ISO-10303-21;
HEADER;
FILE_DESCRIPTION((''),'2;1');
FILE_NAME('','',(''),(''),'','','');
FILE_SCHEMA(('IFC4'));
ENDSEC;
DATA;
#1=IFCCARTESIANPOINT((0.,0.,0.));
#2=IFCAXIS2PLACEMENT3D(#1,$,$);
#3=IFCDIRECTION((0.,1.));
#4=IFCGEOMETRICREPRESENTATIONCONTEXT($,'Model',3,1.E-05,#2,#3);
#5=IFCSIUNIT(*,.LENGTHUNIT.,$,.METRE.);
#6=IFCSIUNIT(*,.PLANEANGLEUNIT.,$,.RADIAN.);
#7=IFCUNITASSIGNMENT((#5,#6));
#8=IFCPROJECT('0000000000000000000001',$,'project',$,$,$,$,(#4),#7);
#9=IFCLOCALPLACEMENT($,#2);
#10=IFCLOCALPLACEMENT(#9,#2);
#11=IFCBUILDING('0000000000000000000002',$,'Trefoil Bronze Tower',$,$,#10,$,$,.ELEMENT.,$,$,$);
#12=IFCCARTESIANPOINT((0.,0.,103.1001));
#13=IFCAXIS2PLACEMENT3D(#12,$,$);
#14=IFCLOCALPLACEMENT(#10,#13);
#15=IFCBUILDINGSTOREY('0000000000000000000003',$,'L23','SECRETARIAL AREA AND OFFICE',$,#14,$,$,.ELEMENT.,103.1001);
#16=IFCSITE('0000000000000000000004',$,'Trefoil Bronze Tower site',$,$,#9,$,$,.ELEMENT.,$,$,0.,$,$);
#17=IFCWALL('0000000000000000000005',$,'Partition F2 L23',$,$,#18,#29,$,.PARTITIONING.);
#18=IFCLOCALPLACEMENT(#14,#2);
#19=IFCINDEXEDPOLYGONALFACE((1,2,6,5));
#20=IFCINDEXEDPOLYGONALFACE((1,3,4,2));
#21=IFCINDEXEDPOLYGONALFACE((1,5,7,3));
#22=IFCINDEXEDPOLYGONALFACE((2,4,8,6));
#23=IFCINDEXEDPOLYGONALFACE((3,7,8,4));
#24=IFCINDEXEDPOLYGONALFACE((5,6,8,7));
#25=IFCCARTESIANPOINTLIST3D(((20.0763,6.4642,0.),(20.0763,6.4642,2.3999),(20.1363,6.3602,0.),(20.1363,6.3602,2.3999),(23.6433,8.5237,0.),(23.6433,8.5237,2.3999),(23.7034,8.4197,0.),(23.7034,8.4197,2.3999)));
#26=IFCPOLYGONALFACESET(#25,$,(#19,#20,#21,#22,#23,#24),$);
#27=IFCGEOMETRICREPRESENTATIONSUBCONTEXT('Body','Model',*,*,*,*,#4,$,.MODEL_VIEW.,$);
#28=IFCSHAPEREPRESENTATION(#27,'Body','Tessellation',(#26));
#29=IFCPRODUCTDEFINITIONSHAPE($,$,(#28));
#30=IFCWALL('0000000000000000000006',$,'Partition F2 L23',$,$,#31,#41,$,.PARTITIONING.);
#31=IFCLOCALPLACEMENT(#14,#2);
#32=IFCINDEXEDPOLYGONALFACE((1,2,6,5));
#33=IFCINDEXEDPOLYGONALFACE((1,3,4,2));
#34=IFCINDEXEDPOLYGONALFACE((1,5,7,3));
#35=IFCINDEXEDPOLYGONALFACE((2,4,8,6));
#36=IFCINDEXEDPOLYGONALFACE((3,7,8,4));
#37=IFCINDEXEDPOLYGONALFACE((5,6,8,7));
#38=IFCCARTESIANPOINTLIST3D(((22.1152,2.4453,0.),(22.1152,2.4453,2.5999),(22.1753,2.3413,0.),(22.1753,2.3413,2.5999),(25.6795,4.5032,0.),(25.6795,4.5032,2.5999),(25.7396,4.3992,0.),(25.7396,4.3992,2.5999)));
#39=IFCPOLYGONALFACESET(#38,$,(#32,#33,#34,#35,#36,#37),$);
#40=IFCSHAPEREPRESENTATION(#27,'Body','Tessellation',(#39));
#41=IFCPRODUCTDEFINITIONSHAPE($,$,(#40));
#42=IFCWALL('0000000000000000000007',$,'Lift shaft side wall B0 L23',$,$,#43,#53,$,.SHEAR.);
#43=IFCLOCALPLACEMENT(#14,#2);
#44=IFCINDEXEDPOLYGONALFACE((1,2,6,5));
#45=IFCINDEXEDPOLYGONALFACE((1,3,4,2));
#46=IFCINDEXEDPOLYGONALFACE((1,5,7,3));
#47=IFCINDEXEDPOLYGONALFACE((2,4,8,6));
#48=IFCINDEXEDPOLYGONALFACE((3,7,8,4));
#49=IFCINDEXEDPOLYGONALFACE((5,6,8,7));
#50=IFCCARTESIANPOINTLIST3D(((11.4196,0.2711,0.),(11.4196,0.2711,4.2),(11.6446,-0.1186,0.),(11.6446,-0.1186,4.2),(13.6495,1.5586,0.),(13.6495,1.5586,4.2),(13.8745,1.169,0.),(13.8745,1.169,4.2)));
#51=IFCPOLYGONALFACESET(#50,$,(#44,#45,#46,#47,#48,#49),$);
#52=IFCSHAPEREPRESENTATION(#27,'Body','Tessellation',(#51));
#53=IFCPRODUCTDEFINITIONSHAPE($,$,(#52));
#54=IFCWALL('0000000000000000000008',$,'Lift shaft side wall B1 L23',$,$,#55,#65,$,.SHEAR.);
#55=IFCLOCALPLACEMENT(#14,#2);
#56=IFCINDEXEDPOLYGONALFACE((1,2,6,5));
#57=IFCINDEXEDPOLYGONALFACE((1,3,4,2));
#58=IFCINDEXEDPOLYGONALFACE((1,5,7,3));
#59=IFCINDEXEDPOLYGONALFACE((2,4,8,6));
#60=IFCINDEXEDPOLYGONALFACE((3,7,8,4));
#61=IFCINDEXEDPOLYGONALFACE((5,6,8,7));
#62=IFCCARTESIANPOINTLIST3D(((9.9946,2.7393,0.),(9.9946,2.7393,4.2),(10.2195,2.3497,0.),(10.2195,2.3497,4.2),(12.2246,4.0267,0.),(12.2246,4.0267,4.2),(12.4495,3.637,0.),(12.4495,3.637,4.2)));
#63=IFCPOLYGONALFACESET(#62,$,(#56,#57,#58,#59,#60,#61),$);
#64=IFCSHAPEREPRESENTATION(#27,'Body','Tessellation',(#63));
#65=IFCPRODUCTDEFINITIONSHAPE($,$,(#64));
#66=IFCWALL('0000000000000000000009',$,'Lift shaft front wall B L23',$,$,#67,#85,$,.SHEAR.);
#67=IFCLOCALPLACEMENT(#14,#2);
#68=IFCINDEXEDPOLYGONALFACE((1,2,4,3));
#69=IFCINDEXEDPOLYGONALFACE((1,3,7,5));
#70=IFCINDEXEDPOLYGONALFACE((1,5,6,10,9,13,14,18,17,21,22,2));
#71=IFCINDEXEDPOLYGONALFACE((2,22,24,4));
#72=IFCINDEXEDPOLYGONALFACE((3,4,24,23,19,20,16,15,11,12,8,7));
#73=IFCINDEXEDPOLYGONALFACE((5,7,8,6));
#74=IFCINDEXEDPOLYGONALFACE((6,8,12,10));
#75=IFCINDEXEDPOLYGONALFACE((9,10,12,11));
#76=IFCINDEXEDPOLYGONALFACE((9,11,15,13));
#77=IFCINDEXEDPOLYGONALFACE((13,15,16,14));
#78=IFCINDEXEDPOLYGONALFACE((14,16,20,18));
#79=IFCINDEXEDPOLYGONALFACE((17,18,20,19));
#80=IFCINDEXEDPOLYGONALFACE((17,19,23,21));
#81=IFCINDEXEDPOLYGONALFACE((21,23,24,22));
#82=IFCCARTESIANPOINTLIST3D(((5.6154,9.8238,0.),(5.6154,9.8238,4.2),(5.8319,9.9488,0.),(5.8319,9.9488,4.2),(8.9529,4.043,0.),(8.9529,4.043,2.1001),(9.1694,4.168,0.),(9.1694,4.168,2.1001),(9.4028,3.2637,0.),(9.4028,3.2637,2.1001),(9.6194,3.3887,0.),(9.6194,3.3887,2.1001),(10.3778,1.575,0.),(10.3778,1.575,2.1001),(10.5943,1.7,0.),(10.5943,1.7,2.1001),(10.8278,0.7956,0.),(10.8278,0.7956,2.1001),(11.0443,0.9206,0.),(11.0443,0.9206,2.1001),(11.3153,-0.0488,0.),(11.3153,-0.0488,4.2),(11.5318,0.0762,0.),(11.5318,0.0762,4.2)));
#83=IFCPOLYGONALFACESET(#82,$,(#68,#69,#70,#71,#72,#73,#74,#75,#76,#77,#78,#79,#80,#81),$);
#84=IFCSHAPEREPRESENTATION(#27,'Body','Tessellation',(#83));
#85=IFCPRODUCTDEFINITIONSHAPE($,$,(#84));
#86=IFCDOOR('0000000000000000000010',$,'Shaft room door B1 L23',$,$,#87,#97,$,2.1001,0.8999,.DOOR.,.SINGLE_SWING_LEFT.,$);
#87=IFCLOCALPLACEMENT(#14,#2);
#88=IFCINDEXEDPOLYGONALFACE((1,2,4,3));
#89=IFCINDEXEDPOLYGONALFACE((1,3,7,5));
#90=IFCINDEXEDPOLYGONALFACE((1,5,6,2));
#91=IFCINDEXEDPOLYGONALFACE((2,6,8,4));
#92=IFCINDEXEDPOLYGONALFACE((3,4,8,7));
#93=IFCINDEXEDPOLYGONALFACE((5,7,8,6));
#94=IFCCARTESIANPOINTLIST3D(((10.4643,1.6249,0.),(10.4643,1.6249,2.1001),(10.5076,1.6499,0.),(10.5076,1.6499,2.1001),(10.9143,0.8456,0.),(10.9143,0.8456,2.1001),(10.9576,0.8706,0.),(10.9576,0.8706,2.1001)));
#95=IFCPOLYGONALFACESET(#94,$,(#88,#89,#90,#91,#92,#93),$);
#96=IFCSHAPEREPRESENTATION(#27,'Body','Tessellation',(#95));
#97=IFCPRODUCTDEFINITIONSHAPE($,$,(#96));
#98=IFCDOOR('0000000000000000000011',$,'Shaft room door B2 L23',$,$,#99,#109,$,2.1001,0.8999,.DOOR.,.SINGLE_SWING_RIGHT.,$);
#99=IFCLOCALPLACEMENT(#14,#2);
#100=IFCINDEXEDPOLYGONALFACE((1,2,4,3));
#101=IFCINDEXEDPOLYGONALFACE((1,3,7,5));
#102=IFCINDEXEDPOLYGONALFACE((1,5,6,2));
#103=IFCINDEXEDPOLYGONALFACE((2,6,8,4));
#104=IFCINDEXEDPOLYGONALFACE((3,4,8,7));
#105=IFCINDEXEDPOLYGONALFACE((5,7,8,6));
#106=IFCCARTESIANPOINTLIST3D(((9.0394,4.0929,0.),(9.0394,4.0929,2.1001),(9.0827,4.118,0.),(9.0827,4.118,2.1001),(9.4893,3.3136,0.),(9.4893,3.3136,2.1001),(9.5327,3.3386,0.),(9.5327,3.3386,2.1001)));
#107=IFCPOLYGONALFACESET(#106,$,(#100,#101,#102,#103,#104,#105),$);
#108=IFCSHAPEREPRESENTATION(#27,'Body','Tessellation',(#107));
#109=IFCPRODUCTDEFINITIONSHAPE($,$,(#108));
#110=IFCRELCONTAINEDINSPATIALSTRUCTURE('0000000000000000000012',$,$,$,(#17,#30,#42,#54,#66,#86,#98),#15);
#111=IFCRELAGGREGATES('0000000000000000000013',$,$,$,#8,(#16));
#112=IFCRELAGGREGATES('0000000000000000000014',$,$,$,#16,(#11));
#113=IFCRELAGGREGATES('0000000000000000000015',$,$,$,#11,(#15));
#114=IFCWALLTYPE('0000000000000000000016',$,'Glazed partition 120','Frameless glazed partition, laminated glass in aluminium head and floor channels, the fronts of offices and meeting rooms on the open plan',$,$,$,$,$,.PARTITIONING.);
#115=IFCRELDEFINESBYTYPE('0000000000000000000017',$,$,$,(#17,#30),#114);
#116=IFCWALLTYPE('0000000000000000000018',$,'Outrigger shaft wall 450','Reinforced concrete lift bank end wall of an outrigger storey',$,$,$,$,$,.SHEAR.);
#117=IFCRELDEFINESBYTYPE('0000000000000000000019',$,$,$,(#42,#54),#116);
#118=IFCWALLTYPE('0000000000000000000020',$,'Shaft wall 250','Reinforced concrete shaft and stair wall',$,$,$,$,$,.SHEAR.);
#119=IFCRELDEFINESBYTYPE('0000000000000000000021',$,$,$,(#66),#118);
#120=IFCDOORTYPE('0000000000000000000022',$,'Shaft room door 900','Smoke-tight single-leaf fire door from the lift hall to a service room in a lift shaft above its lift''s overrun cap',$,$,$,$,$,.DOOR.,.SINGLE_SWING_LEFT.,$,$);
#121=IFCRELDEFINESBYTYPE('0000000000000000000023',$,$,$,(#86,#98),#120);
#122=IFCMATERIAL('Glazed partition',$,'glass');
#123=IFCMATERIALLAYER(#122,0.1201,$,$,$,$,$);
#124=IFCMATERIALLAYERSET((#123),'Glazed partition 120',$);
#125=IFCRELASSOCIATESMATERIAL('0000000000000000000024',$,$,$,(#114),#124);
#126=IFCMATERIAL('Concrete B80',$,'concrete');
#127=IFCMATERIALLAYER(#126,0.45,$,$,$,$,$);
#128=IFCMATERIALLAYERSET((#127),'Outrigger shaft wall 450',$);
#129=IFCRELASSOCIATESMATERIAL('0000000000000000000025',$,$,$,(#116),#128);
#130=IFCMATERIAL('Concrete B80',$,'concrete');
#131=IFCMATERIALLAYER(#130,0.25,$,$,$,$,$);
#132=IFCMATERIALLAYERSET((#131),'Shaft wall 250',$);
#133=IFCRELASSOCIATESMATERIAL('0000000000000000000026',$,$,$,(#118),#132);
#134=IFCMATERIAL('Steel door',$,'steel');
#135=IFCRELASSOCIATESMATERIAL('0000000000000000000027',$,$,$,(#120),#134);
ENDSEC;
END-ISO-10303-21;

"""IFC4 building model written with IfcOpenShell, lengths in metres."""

from ifc_helpers import new_model, si_unit, direction, frame, frame_2d, origin, place, context, subcontext, project, spatial, rectangle, extrude, material, layer, layer_set, type_object, element, fill, save


model = new_model("IFC4")

# Units and contexts
model_context = context("Model", 3, precision=1e-05, world=origin(), true_north=direction((0.0, 1.0)))
body_context = subcontext(model_context, "Body", "Model", "MODEL_VIEW")
ifc_project = project(units=[si_unit("LENGTHUNIT", "METRE"), si_unit("PLANEANGLEUNIT", "RADIAN")], contexts=[model_context])

# Site, building, storey
site_placement = place(None, origin())
site = spatial("IfcSite", under=ifc_project, at=site_placement, Name="Trefoil Bronze Tower site", CompositionType="ELEMENT", RefElevation=0.0)
building_placement = place(site_placement, origin())
building = spatial("IfcBuilding", under=site, at=building_placement, Name="Trefoil Bronze Tower", CompositionType="ELEMENT")
storey_placement = place(building_placement, frame((0.0, 0.0, 103.1001)))
storey = spatial("IfcBuildingStorey", under=building, at=storey_placement, Name="L23", Description="SECRETARIAL AREA AND OFFICE", CompositionType="ELEMENT", Elevation=103.1001)

# Shared definitions
ifc_material_1 = material(Name="Glazed partition", Category="glass")
ifc_layer_1 = layer(ifc_material_1, 0.1201)
ifc_layer_set_1 = layer_set([ifc_layer_1], Name="Glazed partition 120")
wall_type_1 = type_object("IfcWallType", Name="Glazed partition 120", Description="Frameless glazed partition, laminated glass in aluminium head and floor channels, the fronts of offices and meeting rooms on the open plan", PredefinedType="PARTITIONING", material=ifc_layer_set_1)

# Walls
wall_1_placement = place(storey_placement, frame((20.1062, 6.4121, 0.0), z_axis=(0.0, 0.0, 1.0), x_axis=(0.866017, 0.500015, 0.0)))
element("IfcWall", 1, at=wall_1_placement, inside=storey, type_object=wall_type_1, Name="Partition F2 L23", PredefinedType="PARTITIONING", context=body_context, shape_type="SweptSolid", body=[
    extrude(rectangle(XDim=4.1189, YDim=0.1201, at=frame_2d((2.0596, 0.0))), origin(), (0.0, 0.0, 1.0), 2.3999),
])
wall_2_placement = place(storey_placement, frame((22.1453, 2.3933, 0.0), z_axis=(0.0, 0.0, 1.0), x_axis=(0.866019, 0.500012, 0.0)))
element("IfcWall", 2, at=wall_2_placement, inside=storey, type_object=wall_type_1, Name="Partition F2 L23", PredefinedType="PARTITIONING", context=body_context, shape_type="SweptSolid", body=[
    extrude(rectangle(XDim=4.1157, YDim=0.1201, at=frame_2d((2.0579, 0.0))), origin(), (0.0, 0.0, 1.0), 2.5999),
])
ifc_material_2 = material(Name="Concrete B80", Category="concrete")
ifc_layer_2 = layer(ifc_material_2, 0.45)
ifc_layer_set_2 = layer_set([ifc_layer_2], Name="Outrigger shaft wall 450")
wall_type_2 = type_object("IfcWallType", Name="Outrigger shaft wall 450", Description="Reinforced concrete lift bank end wall of an outrigger storey", PredefinedType="SHEAR", material=ifc_layer_set_2)
for number, where, z_axis, x_axis, name in (
    (3, (11.532, 0.0762, 0.0), (0.0, 0.0, 1.0), (0.866006, 0.500034, 0.0), "Lift shaft side wall B0 L23"),
    (4, (10.1069, 2.5444, 0.0), (0.0, 0.0, 1.0), (0.866047, 0.499963, 0.0), "Lift shaft side wall B1 L23"),
):
    element("IfcWall", number, at=place(storey_placement, frame(where, z_axis=z_axis, x_axis=x_axis)), inside=storey, type_object=wall_type_2, Name=name, PredefinedType="SHEAR", context=body_context, shape_type="SweptSolid", body=[
        extrude(rectangle(XDim=2.575, YDim=0.45, at=frame_2d((1.2876, 0.0))), origin(), (0.0, 0.0, 1.0), 4.2),
    ])

# Wall, openings, doors
ifc_material_3 = material(Name="Concrete B80", Category="concrete")
ifc_layer_3 = layer(ifc_material_3, 0.25)
ifc_layer_set_3 = layer_set([ifc_layer_3], Name="Shaft wall 250")
wall_type_3 = type_object("IfcWallType", Name="Shaft wall 250", Description="Reinforced concrete shaft and stair wall", PredefinedType="SHEAR", material=ifc_layer_set_3)
wall_3_placement = place(storey_placement, frame((11.4236, 0.0137, 0.0), z_axis=(0.0, 0.0, 1.0), x_axis=(-0.500002, 0.866024, 0.0)))
wall_3 = element("IfcWall", 5, at=wall_3_placement, inside=storey, type_object=wall_type_3, Name="Lift shaft front wall B L23", PredefinedType="SHEAR", context=body_context, shape_type="SweptSolid", body=[
    extrude(rectangle(XDim=11.3999, YDim=0.25, at=frame_2d((5.7, 0.0))), origin(), (0.0, 0.0, 1.0), 4.2),
])
opening_1_placement = place(wall_3_placement, frame((0.9751, 0.0, 0.0)))
opening_1 = element("IfcOpeningElement", 6, at=opening_1_placement, cuts=wall_3, PredefinedType="OPENING", context=body_context, shape_type="SweptSolid", body=[
    extrude(rectangle(XDim=0.8999, YDim=2.1001, at=frame_2d((0.45, 1.05))), frame((0.0, 0.135, 0.0), z_axis=(0.0, -1.0, 0.0), x_axis=(1.0, 0.0, 0.0)), (0.0, 0.0, 1.0), 0.27),
])
opening_2_placement = place(wall_3_placement, frame((3.825, 0.0, 0.0)))
opening_2 = element("IfcOpeningElement", 7, at=opening_2_placement, cuts=wall_3, PredefinedType="OPENING", context=body_context, shape_type="SweptSolid", body=[
    extrude(rectangle(XDim=0.8999, YDim=2.1001, at=frame_2d((0.45, 1.05))), frame((0.0, 0.135, 0.0), z_axis=(0.0, -1.0, 0.0), x_axis=(1.0, 0.0, 0.0)), (0.0, 0.0, 1.0), 0.27),
])
ifc_material_4 = material(Name="Steel door", Category="steel")
door_type_1 = type_object("IfcDoorType", Name="Shaft room door 900", Description="Smoke-tight single-leaf fire door from the lift hall to a service room in a lift shaft above its lift's overrun cap", OperationType="SINGLE_SWING_LEFT", PredefinedType="DOOR", material=ifc_material_4)
door_1_placement = place(opening_1_placement, frame((0.8999, 0.0, 0.0), z_axis=(0.0, 0.0, 1.0), x_axis=(-1.0, 0.0, 0.0)))
door_1 = element("IfcDoor", 8, at=door_1_placement, inside=storey, type_object=door_type_1, Name="Shaft room door B1 L23", OperationType="SINGLE_SWING_LEFT", OverallHeight=2.1001, OverallWidth=0.8999, PredefinedType="DOOR", context=body_context, shape_type="SweptSolid", body=[
    extrude(rectangle(XDim=0.8999, YDim=2.1001, at=frame_2d((0.45, 1.05))), frame((0.0, 0.0249, 0.0), z_axis=(0.0, -1.0, 0.0), x_axis=(1.0, 0.0, 0.0)), (0.0, 0.0, 1.0), 0.05),
])
fill(opening_1, door_1)
door_2_placement = place(opening_2_placement, frame((0.8999, 0.0, 0.0), z_axis=(0.0, 0.0, 1.0), x_axis=(-1.0, 0.0, 0.0)))
door_2 = element("IfcDoor", 9, at=door_2_placement, inside=storey, type_object=door_type_1, Name="Shaft room door B2 L23", OperationType="SINGLE_SWING_RIGHT", OverallHeight=2.1001, OverallWidth=0.8999, PredefinedType="DOOR", context=body_context, shape_type="SweptSolid", body=[
    extrude(rectangle(XDim=0.8999, YDim=2.1001, at=frame_2d((0.45, 1.05))), frame((0.0, 0.0249, 0.0), z_axis=(0.0, -1.0, 0.0), x_axis=(1.0, 0.0, 0.0)), (0.0, 0.0, 1.0), 0.05),
])
fill(opening_2, door_2)

save(model, "model.ifc")
